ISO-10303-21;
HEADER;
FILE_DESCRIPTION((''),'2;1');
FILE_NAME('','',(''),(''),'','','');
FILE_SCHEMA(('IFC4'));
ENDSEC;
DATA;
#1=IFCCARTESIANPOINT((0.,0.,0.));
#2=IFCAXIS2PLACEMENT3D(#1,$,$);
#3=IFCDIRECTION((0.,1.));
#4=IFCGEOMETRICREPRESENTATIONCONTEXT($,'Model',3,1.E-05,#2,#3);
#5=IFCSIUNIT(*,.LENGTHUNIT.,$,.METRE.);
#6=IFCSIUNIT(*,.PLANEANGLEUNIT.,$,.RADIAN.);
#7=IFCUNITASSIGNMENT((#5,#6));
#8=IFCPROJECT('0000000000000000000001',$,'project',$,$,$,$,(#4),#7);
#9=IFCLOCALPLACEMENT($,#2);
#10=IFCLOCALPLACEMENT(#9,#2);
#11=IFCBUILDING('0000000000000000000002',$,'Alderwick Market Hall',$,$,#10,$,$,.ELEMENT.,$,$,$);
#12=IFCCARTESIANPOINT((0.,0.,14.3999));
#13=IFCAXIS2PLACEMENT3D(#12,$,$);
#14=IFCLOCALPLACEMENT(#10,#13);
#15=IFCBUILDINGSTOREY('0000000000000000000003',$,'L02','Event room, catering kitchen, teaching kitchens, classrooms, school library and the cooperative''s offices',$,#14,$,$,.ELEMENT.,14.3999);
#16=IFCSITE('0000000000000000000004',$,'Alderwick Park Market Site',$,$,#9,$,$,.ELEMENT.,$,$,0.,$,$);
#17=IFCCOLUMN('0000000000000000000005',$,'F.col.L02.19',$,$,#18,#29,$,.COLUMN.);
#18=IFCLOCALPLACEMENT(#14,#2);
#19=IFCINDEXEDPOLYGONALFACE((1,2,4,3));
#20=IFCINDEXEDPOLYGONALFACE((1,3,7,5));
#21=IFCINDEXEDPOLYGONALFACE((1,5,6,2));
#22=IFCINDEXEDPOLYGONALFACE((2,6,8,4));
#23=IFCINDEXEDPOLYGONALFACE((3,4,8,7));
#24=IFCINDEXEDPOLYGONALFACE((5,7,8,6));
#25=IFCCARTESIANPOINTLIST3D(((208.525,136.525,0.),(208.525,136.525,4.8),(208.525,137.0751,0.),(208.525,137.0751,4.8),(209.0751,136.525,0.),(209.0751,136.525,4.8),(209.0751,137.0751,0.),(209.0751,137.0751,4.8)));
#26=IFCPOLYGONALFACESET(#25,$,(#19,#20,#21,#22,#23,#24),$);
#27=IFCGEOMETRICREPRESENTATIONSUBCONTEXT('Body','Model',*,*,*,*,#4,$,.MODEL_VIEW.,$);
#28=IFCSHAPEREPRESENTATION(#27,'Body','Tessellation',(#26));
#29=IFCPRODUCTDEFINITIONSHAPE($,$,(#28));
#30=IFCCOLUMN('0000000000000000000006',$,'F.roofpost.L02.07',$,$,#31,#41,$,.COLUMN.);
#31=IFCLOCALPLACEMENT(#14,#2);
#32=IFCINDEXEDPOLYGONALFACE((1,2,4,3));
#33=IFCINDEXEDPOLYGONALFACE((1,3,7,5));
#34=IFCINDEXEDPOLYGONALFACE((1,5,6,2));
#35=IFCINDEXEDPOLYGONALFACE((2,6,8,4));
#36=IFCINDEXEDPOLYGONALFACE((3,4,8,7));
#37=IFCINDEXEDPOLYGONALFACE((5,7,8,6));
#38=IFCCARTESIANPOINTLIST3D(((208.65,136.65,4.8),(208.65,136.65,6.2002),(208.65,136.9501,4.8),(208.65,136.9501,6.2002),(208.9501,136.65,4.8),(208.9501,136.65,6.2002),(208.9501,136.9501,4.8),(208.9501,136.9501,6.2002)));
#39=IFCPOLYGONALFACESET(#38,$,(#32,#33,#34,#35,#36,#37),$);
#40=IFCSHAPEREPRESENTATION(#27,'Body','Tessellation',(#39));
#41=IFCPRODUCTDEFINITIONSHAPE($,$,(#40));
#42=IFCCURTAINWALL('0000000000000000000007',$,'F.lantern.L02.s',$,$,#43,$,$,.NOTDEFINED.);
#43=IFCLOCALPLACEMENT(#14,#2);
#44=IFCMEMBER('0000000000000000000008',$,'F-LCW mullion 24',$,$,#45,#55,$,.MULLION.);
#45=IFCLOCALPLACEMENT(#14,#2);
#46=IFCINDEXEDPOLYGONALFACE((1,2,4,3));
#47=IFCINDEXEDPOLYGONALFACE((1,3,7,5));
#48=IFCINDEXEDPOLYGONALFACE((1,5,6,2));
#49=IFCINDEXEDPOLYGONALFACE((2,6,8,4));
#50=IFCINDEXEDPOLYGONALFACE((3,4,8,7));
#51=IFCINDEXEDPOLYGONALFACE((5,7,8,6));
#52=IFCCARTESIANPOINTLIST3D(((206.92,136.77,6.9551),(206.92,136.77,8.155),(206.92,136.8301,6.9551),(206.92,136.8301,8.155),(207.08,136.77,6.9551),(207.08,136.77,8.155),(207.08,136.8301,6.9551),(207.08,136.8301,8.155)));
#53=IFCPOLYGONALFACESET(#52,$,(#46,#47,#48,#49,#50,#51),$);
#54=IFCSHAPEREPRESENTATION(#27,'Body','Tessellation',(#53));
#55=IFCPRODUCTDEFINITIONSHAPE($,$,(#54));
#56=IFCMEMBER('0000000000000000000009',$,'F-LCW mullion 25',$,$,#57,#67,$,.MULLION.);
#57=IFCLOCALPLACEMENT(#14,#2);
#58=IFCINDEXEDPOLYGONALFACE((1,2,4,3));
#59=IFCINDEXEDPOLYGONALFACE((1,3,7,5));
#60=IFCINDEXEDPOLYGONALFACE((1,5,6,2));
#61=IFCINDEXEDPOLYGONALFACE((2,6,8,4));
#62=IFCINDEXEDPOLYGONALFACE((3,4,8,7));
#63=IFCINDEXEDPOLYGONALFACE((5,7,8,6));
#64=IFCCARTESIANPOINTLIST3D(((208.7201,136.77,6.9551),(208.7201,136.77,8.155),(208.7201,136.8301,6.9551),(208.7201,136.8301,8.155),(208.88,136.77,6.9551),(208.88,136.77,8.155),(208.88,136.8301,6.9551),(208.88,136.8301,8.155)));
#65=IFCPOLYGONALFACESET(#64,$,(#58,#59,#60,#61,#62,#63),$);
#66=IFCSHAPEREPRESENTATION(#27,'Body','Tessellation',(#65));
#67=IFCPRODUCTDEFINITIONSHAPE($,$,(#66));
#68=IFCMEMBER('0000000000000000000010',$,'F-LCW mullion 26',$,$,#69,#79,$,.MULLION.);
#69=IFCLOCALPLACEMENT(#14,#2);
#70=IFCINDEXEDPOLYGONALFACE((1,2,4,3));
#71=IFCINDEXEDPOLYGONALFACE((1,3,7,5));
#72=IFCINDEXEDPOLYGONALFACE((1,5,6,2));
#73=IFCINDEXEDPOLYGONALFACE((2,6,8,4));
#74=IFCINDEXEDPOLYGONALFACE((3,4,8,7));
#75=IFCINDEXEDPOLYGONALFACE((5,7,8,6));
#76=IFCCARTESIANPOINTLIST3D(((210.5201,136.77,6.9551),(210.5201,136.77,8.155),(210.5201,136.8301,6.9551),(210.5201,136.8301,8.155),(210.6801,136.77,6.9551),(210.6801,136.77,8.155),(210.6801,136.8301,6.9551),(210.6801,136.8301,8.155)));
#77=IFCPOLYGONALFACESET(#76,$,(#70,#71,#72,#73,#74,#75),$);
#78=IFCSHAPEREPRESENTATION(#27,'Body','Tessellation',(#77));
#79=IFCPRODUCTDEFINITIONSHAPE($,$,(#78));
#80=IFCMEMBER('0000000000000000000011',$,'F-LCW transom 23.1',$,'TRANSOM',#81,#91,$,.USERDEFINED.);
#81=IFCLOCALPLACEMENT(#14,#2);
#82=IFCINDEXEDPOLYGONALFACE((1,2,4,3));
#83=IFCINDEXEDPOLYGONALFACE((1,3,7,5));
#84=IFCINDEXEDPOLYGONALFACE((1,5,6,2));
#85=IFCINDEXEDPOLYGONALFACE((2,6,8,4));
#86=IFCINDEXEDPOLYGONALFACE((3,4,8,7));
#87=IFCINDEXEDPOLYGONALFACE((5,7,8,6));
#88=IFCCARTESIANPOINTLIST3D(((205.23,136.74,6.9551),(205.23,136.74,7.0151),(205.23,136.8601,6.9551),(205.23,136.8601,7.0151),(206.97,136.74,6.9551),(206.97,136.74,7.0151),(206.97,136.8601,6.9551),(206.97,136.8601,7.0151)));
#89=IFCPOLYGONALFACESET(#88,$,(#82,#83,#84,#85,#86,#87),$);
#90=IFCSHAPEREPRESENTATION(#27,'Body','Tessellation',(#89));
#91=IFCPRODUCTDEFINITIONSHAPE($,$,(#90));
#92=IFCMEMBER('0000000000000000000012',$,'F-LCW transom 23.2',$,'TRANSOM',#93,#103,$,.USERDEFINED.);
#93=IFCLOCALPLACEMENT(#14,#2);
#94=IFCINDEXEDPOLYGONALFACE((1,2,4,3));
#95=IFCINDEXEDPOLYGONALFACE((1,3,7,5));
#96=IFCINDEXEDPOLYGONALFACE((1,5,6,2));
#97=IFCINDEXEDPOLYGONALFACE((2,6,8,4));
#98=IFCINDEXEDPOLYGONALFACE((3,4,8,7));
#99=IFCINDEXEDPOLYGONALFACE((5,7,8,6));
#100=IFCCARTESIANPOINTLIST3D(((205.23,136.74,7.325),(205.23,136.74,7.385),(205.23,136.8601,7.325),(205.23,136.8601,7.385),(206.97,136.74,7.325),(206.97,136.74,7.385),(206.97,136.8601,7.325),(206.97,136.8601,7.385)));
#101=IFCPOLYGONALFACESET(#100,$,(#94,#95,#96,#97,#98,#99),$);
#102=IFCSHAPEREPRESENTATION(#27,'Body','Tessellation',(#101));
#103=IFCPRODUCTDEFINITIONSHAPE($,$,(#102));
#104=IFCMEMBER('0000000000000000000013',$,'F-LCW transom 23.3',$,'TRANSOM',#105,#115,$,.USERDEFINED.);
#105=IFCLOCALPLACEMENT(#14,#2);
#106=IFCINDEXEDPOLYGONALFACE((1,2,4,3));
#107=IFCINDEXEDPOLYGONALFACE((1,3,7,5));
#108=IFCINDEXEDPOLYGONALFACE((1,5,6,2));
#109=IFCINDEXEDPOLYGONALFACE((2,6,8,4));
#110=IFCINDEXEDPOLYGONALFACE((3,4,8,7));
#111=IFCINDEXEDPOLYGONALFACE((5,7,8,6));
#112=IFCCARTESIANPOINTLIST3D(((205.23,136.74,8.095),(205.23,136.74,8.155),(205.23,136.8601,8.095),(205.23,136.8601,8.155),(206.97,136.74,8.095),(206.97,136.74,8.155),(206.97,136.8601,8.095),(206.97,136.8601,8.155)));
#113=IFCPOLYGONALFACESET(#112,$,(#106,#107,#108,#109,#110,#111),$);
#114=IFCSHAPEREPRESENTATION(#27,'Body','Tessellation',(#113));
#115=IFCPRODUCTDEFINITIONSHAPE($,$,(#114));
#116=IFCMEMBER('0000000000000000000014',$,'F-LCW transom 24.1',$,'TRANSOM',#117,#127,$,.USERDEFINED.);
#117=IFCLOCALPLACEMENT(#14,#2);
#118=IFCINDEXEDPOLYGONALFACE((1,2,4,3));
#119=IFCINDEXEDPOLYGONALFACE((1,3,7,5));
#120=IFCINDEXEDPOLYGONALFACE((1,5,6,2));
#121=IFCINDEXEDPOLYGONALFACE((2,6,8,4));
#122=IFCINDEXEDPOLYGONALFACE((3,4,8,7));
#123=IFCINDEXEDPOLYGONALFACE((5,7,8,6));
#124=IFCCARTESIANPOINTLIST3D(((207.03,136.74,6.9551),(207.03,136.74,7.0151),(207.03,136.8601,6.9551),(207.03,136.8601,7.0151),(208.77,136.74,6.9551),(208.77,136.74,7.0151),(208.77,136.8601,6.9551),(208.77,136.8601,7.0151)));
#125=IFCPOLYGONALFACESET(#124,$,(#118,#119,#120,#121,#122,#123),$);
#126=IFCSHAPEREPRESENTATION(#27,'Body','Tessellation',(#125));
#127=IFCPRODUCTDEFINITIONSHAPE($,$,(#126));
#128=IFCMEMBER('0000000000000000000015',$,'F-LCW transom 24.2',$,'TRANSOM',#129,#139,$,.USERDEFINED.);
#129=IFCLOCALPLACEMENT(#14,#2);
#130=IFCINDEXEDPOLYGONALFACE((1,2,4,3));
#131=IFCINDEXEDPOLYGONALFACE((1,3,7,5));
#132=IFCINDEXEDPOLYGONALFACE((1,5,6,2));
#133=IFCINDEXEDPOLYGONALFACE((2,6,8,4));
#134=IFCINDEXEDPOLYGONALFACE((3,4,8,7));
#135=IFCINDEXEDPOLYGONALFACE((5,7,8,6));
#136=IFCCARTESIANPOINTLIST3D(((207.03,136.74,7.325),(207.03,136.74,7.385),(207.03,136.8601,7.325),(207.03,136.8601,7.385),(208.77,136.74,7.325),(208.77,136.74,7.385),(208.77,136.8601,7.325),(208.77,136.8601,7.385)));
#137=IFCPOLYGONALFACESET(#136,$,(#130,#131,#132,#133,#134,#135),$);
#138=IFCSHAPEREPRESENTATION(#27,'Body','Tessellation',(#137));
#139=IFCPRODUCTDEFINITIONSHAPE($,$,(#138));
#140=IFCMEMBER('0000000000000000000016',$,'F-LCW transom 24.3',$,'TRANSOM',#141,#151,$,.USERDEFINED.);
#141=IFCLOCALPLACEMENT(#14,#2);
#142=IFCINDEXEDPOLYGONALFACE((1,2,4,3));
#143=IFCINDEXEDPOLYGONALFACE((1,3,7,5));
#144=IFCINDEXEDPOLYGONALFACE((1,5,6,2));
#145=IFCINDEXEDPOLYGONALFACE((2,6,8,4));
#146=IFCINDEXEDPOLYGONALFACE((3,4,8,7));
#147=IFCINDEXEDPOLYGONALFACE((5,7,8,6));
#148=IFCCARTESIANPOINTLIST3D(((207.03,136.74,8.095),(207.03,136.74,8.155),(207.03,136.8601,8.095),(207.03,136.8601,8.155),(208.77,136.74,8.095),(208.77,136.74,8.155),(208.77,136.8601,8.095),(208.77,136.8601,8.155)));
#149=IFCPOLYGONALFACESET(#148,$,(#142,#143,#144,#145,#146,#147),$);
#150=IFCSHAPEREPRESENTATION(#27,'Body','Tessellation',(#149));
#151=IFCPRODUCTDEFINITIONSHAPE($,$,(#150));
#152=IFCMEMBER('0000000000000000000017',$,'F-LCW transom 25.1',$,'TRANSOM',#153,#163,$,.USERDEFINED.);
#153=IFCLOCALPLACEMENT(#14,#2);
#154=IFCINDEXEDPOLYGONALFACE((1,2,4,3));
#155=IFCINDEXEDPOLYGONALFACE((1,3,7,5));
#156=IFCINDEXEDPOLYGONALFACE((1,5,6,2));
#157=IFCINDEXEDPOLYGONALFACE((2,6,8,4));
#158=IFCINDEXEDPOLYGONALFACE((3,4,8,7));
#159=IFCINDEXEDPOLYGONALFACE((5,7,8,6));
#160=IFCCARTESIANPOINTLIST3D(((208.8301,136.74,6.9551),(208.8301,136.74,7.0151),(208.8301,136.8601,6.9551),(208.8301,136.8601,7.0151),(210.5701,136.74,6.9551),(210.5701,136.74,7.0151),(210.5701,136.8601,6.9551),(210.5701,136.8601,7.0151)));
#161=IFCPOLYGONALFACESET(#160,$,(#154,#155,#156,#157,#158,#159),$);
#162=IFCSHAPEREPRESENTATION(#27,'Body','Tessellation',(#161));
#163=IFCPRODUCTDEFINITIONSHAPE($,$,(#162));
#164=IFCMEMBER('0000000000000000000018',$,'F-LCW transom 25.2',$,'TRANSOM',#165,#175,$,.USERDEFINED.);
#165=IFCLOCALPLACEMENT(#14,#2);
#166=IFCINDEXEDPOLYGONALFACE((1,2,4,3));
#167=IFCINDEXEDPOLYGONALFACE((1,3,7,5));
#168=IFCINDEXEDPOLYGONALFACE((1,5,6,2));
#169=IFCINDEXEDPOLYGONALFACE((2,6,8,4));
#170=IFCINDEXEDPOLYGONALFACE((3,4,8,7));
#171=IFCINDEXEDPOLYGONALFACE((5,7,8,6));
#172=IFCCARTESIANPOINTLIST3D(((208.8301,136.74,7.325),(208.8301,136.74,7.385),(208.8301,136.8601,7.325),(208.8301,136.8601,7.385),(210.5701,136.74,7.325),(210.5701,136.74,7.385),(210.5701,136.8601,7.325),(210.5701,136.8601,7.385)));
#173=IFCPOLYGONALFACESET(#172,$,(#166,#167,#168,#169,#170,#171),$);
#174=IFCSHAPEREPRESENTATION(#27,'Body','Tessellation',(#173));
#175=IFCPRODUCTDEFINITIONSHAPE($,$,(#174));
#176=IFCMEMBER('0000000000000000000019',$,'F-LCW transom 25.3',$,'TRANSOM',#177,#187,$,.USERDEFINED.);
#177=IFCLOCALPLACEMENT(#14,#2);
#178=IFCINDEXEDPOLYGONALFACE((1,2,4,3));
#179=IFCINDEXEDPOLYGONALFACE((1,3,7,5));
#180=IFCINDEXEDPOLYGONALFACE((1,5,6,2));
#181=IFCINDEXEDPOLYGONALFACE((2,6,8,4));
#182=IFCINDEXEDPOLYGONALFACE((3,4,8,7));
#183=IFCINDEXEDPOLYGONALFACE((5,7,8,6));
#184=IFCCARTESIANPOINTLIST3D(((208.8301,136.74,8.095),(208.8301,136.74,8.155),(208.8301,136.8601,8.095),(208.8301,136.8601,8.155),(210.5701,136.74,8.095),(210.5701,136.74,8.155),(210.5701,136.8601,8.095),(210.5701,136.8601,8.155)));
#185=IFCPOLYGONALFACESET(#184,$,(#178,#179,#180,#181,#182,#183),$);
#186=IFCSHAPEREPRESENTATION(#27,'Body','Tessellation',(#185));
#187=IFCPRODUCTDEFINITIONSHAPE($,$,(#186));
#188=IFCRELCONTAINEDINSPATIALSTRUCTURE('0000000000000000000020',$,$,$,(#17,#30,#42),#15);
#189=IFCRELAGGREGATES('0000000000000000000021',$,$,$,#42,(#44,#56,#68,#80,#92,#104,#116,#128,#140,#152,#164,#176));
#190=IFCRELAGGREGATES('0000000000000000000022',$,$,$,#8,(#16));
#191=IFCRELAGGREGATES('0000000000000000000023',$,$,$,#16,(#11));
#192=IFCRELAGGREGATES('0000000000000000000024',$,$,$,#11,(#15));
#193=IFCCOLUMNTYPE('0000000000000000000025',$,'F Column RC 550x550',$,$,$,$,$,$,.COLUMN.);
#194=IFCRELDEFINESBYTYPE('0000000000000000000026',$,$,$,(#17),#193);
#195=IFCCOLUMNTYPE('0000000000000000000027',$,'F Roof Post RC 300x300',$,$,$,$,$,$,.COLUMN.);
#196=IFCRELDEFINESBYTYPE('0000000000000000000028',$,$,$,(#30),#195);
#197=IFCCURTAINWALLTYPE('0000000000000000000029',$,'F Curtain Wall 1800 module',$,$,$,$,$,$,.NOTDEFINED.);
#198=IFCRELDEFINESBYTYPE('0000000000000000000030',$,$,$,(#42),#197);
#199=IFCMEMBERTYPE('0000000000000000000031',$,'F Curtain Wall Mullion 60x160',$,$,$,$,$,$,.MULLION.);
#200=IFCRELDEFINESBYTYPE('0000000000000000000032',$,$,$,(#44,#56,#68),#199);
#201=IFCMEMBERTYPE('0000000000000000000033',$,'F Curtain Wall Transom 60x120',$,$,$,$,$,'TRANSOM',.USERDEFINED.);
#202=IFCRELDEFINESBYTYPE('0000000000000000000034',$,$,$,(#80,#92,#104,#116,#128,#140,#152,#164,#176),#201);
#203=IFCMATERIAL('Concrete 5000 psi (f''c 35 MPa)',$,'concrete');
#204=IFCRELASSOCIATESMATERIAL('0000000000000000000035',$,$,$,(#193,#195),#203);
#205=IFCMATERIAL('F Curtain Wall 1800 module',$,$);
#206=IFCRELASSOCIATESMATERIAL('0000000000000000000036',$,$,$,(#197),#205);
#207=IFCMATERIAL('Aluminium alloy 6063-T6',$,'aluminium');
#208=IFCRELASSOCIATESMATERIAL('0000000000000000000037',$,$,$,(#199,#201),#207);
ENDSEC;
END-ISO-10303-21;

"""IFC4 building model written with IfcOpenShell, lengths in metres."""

from ifc_helpers import new_model, si_unit, direction, frame, origin, origin_2d, place, context, subcontext, project, spatial, rectangle, extrude, material, material_profile, profile_set, type_object, element, aggregate, save


model = new_model("IFC4")

# Units and contexts
model_context = context("Model", 3, precision=1e-05, world=origin(), true_north=direction((0.0, 1.0)))
body_context = subcontext(model_context, "Body", "Model", "MODEL_VIEW")
ifc_project = project(units=[si_unit("LENGTHUNIT", "METRE"), si_unit("PLANEANGLEUNIT", "RADIAN")], contexts=[model_context])

# Site, building, storey
site_placement = place(None, origin())
site = spatial("IfcSite", under=ifc_project, at=site_placement, Name="Alderwick Park Market Site", CompositionType="ELEMENT", RefElevation=0.0)
building_placement = place(site_placement, origin())
building = spatial("IfcBuilding", under=site, at=building_placement, Name="Alderwick Market Hall", CompositionType="ELEMENT")
storey_placement = place(building_placement, frame((0.0, 0.0, 14.3999)))
storey = spatial("IfcBuildingStorey", under=building, at=storey_placement, Name="L02", Description="Event room, catering kitchen, teaching kitchens, classrooms, school library and the cooperative's offices", CompositionType="ELEMENT", Elevation=14.3999)

# Columns
ifc_material_1 = material(Name="Concrete 5000 psi (f'c 35 MPa)", Category="concrete")
ifc_material_profile_1 = material_profile(ifc_material_1, rectangle(XDim=0.55, YDim=0.55, at=origin_2d()), Name="RC 550x550")
ifc_profile_set_1 = profile_set([ifc_material_profile_1], Name="Concrete 5000 psi (f'c 35 MPa)")
column_type_1 = type_object("IfcColumnType", Name="F Column RC 550x550", PredefinedType="COLUMN", material=ifc_profile_set_1)
column_1_placement = place(storey_placement, frame((208.8, 136.8, 0.0), z_axis=(0.0, 0.0, 1.0), x_axis=(1.0, 0.0, 0.0)))
element("IfcColumn", 1, at=column_1_placement, inside=storey, type_object=column_type_1, Name="F.col.L02.19", PredefinedType="COLUMN", context=body_context, shape_type="SweptSolid", body=[
    extrude(rectangle(XDim=0.55, YDim=0.55, at=origin_2d()), origin(), (0.0, 0.0, 1.0), 4.8),
])
ifc_material_profile_2 = material_profile(ifc_material_1, rectangle(XDim=0.3, YDim=0.3, at=origin_2d()), Name="RC 300x300")
ifc_profile_set_2 = profile_set([ifc_material_profile_2], Name="Concrete 5000 psi (f'c 35 MPa)")
column_type_2 = type_object("IfcColumnType", Name="F Roof Post RC 300x300", PredefinedType="COLUMN", material=ifc_profile_set_2)
column_2_placement = place(storey_placement, frame((208.8, 136.8, 4.8), z_axis=(0.0, 0.0, 1.0), x_axis=(1.0, 0.0, 0.0)))
element("IfcColumn", 2, at=column_2_placement, inside=storey, type_object=column_type_2, Name="F.roofpost.L02.07", PredefinedType="COLUMN", context=body_context, shape_type="SweptSolid", body=[
    extrude(rectangle(XDim=0.3, YDim=0.3, at=origin_2d()), origin(), (0.0, 0.0, 1.0), 1.4001),
])

# Curtain wall, members
ifc_material_2 = material(Name="F Curtain Wall 1800 module")
curtain_wall_type = type_object("IfcCurtainWallType", Name="F Curtain Wall 1800 module", PredefinedType="NOTDEFINED", material=ifc_material_2)
curtain_wall_placement = place(storey_placement, origin())
curtain_wall = element("IfcCurtainWall", 3, at=curtain_wall_placement, inside=storey, type_object=curtain_wall_type, Name="F.lantern.L02.s", PredefinedType="NOTDEFINED")
ifc_material_3 = material(Name="Aluminium alloy 6063-T6", Category="aluminium")
ifc_material_profile_3 = material_profile(ifc_material_3, rectangle(XDim=0.0601, YDim=0.1599, at=origin_2d()), Name="AL 60x160")
ifc_profile_set_3 = profile_set([ifc_material_profile_3], Name="Aluminium alloy 6063-T6")
member_type_1 = type_object("IfcMemberType", Name="F Curtain Wall Mullion 60x160", PredefinedType="MULLION", material=ifc_profile_set_3)
member_1_placement = place(storey_placement, frame((207.0, 136.8, 6.9551), z_axis=(0.0, 0.0, 1.0), x_axis=(0.0, 1.0, 0.0)))
member_1 = element("IfcMember", 4, at=member_1_placement, type_object=member_type_1, Name="F-LCW mullion 24", PredefinedType="MULLION", context=body_context, shape_type="SweptSolid", body=[
    extrude(rectangle(XDim=0.0601, YDim=0.1599, at=origin_2d()), origin(), (0.0, 0.0, 1.0), 1.2),
])
member_2_placement = place(storey_placement, frame((208.8, 136.8, 6.9551), z_axis=(0.0, 0.0, 1.0), x_axis=(0.0, 1.0, 0.0)))
member_2 = element("IfcMember", 5, at=member_2_placement, type_object=member_type_1, Name="F-LCW mullion 25", PredefinedType="MULLION", context=body_context, shape_type="SweptSolid", body=[
    extrude(rectangle(XDim=0.0601, YDim=0.1599, at=origin_2d()), origin(), (0.0, 0.0, 1.0), 1.2),
])
member_3_placement = place(storey_placement, frame((210.6001, 136.8, 6.9551), z_axis=(0.0, 0.0, 1.0), x_axis=(0.0, 1.0, 0.0)))
member_3 = element("IfcMember", 6, at=member_3_placement, type_object=member_type_1, Name="F-LCW mullion 26", PredefinedType="MULLION", context=body_context, shape_type="SweptSolid", body=[
    extrude(rectangle(XDim=0.0601, YDim=0.1599, at=origin_2d()), origin(), (0.0, 0.0, 1.0), 1.2),
])
ifc_material_profile_4 = material_profile(ifc_material_3, rectangle(XDim=0.1201, YDim=0.0601, at=origin_2d()), Name="AL 60x120")
ifc_profile_set_4 = profile_set([ifc_material_profile_4], Name="Aluminium alloy 6063-T6")
member_type_2 = type_object("IfcMemberType", Name="F Curtain Wall Transom 60x120", ElementType="TRANSOM", PredefinedType="USERDEFINED", material=ifc_profile_set_4)
member_4_placement = place(storey_placement, frame((205.23, 136.8, 6.9851), z_axis=(1.0, 0.0, 0.0), x_axis=(0.0, 1.0, 0.0)))
member_4 = element("IfcMember", 7, at=member_4_placement, type_object=member_type_2, Name="F-LCW transom 23.1", ObjectType="TRANSOM", PredefinedType="USERDEFINED", context=body_context, shape_type="SweptSolid", body=[
    extrude(rectangle(XDim=0.1201, YDim=0.0601, at=origin_2d()), origin(), (0.0, 0.0, 1.0), 1.74),
])
member_5_placement = place(storey_placement, frame((205.23, 136.8, 7.355), z_axis=(1.0, 0.0, 0.0), x_axis=(0.0, 1.0, 0.0)))
member_5 = element("IfcMember", 8, at=member_5_placement, type_object=member_type_2, Name="F-LCW transom 23.2", ObjectType="TRANSOM", PredefinedType="USERDEFINED", context=body_context, shape_type="SweptSolid", body=[
    extrude(rectangle(XDim=0.1201, YDim=0.0601, at=origin_2d()), origin(), (0.0, 0.0, 1.0), 1.74),
])
member_6_placement = place(storey_placement, frame((205.23, 136.8, 8.125), z_axis=(1.0, 0.0, 0.0), x_axis=(0.0, 1.0, 0.0)))
member_6 = element("IfcMember", 9, at=member_6_placement, type_object=member_type_2, Name="F-LCW transom 23.3", ObjectType="TRANSOM", PredefinedType="USERDEFINED", context=body_context, shape_type="SweptSolid", body=[
    extrude(rectangle(XDim=0.1201, YDim=0.0601, at=origin_2d()), origin(), (0.0, 0.0, 1.0), 1.74),
])
member_7_placement = place(storey_placement, frame((207.03, 136.8, 6.9851), z_axis=(1.0, 0.0, 0.0), x_axis=(0.0, 1.0, 0.0)))
member_7 = element("IfcMember", 10, at=member_7_placement, type_object=member_type_2, Name="F-LCW transom 24.1", ObjectType="TRANSOM", PredefinedType="USERDEFINED", context=body_context, shape_type="SweptSolid", body=[
    extrude(rectangle(XDim=0.1201, YDim=0.0601, at=origin_2d()), origin(), (0.0, 0.0, 1.0), 1.74),
])
member_8_placement = place(storey_placement, frame((207.03, 136.8, 7.355), z_axis=(1.0, 0.0, 0.0), x_axis=(0.0, 1.0, 0.0)))
member_8 = element("IfcMember", 11, at=member_8_placement, type_object=member_type_2, Name="F-LCW transom 24.2", ObjectType="TRANSOM", PredefinedType="USERDEFINED", context=body_context, shape_type="SweptSolid", body=[
    extrude(rectangle(XDim=0.1201, YDim=0.0601, at=origin_2d()), origin(), (0.0, 0.0, 1.0), 1.74),
])
member_9_placement = place(storey_placement, frame((207.03, 136.8, 8.125), z_axis=(1.0, 0.0, 0.0), x_axis=(0.0, 1.0, 0.0)))
member_9 = element("IfcMember", 12, at=member_9_placement, type_object=member_type_2, Name="F-LCW transom 24.3", ObjectType="TRANSOM", PredefinedType="USERDEFINED", context=body_context, shape_type="SweptSolid", body=[
    extrude(rectangle(XDim=0.1201, YDim=0.0601, at=origin_2d()), origin(), (0.0, 0.0, 1.0), 1.74),
])
member_10_placement = place(storey_placement, frame((208.8301, 136.8, 6.9851), z_axis=(1.0, 0.0, 0.0), x_axis=(0.0, 1.0, 0.0)))
member_10 = element("IfcMember", 13, at=member_10_placement, type_object=member_type_2, Name="F-LCW transom 25.1", ObjectType="TRANSOM", PredefinedType="USERDEFINED", context=body_context, shape_type="SweptSolid", body=[
    extrude(rectangle(XDim=0.1201, YDim=0.0601, at=origin_2d()), origin(), (0.0, 0.0, 1.0), 1.74),
])
member_11_placement = place(storey_placement, frame((208.8301, 136.8, 7.355), z_axis=(1.0, 0.0, 0.0), x_axis=(0.0, 1.0, 0.0)))
member_11 = element("IfcMember", 14, at=member_11_placement, type_object=member_type_2, Name="F-LCW transom 25.2", ObjectType="TRANSOM", PredefinedType="USERDEFINED", context=body_context, shape_type="SweptSolid", body=[
    extrude(rectangle(XDim=0.1201, YDim=0.0601, at=origin_2d()), origin(), (0.0, 0.0, 1.0), 1.74),
])
member_12_placement = place(storey_placement, frame((208.8301, 136.8, 8.125), z_axis=(1.0, 0.0, 0.0), x_axis=(0.0, 1.0, 0.0)))
member_12 = element("IfcMember", 15, at=member_12_placement, type_object=member_type_2, Name="F-LCW transom 25.3", ObjectType="TRANSOM", PredefinedType="USERDEFINED", context=body_context, shape_type="SweptSolid", body=[
    extrude(rectangle(XDim=0.1201, YDim=0.0601, at=origin_2d()), origin(), (0.0, 0.0, 1.0), 1.74),
])

aggregate(curtain_wall, [member_1, member_2, member_3, member_4, member_5, member_6, member_7, member_8, member_9, member_10, member_11, member_12])

save(model, "model.ifc")
